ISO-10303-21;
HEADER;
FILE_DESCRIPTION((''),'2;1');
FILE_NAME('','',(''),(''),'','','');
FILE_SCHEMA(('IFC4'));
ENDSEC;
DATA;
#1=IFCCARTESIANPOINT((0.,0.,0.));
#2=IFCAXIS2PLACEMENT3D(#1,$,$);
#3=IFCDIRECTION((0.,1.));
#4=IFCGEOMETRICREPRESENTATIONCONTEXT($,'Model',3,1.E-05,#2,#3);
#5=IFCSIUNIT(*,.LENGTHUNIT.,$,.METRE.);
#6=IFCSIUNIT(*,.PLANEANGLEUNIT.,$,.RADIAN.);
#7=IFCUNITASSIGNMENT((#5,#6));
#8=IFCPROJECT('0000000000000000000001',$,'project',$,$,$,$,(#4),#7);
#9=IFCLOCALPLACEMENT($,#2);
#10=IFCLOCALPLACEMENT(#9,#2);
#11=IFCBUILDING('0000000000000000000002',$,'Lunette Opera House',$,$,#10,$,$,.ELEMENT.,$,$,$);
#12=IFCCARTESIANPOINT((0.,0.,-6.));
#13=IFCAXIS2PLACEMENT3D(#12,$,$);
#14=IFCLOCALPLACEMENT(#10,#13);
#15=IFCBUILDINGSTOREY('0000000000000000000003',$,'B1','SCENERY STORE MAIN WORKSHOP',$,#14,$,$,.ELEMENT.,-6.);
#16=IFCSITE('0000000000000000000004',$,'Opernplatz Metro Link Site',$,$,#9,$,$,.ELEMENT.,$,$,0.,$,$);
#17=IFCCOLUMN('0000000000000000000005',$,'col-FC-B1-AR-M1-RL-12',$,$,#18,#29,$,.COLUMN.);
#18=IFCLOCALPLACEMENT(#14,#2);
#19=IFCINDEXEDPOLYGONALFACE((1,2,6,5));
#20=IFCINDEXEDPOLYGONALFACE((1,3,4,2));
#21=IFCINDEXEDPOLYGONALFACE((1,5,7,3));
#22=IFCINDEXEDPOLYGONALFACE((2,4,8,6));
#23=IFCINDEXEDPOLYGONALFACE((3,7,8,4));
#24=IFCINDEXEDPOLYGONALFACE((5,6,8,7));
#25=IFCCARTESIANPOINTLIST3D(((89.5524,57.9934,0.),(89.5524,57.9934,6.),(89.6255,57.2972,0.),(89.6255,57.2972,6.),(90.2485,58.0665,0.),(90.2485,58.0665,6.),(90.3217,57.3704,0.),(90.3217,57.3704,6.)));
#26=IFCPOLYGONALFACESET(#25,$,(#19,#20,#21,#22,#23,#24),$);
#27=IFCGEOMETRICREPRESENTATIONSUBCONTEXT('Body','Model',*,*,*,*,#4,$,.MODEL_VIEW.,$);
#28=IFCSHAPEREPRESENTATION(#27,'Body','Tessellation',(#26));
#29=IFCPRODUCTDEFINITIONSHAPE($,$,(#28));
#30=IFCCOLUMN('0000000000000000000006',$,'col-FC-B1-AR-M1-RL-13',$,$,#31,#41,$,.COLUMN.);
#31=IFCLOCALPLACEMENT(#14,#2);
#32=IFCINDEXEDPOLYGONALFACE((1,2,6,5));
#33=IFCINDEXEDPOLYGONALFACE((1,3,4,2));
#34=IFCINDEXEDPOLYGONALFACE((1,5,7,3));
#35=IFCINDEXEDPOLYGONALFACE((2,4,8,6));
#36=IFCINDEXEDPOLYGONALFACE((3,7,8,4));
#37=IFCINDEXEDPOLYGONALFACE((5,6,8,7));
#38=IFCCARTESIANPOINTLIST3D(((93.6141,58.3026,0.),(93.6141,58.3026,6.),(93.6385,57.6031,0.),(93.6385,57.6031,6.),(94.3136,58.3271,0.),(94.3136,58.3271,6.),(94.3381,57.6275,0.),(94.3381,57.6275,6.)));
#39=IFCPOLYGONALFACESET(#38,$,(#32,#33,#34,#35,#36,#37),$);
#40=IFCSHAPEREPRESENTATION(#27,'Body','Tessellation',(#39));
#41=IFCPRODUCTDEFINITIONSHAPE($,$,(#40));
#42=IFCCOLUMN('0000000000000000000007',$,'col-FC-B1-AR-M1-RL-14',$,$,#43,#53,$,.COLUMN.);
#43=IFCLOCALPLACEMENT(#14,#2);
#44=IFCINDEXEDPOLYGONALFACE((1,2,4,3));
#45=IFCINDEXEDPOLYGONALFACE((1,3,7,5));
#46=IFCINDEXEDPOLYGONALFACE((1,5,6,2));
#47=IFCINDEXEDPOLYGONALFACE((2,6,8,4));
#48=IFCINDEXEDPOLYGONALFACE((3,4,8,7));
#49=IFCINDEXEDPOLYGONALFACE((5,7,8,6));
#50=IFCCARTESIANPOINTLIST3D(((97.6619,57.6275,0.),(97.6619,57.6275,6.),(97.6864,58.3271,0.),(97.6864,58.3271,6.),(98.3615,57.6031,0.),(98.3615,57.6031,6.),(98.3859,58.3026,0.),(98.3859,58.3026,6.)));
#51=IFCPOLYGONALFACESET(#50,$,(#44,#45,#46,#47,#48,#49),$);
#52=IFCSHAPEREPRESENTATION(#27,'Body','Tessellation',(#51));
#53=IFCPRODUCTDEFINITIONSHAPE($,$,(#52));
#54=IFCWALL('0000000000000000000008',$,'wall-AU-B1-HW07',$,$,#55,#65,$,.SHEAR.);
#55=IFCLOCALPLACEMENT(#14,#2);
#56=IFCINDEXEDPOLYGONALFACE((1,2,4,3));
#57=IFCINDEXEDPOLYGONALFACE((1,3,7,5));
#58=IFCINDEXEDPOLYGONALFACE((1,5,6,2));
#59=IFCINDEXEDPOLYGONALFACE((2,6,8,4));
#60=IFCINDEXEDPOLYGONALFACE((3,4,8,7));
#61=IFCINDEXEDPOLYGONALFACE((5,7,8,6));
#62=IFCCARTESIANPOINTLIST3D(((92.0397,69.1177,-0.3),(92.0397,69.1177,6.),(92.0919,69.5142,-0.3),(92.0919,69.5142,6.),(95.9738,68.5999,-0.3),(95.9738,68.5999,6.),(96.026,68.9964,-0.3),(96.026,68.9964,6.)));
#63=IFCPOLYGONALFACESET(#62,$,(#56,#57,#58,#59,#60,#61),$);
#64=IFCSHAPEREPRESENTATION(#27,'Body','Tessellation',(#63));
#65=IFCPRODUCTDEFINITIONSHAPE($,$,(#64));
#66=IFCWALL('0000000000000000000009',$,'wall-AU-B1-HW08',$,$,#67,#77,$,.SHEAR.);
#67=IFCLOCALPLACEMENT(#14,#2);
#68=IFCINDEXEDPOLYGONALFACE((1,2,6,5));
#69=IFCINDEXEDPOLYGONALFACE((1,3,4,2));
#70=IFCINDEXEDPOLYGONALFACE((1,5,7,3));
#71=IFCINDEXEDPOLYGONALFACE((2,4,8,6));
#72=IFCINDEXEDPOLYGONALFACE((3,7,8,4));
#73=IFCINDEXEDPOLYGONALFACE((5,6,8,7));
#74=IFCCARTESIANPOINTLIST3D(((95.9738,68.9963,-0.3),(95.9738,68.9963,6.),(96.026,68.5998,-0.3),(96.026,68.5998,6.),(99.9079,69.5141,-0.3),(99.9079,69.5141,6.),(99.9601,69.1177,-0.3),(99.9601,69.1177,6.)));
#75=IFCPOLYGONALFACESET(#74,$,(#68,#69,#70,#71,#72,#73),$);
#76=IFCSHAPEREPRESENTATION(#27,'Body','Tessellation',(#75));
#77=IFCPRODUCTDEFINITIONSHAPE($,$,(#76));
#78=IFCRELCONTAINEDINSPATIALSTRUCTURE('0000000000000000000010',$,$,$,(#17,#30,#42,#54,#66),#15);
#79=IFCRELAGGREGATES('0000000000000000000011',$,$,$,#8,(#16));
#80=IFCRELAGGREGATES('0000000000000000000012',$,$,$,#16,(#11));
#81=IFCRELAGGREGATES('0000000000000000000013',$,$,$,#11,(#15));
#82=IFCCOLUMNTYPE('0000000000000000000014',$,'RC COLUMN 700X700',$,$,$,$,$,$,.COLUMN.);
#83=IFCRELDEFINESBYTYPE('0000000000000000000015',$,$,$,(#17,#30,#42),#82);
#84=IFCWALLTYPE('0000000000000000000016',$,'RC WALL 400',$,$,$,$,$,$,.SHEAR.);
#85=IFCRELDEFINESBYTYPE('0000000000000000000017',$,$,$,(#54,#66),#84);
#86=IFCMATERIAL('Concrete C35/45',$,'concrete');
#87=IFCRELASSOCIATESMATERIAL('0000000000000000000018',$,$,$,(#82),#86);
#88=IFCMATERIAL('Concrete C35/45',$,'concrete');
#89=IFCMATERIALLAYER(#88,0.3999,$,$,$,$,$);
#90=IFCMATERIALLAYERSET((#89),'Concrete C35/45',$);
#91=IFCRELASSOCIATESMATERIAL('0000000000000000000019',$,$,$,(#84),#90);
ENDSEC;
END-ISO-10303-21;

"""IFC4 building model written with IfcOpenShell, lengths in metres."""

from ifc_helpers import new_model, si_unit, direction, frame, frame_2d, origin, origin_2d, place, context, subcontext, project, spatial, rectangle, extrude, material, layer, layer_set, material_profile, profile_set, type_object, element, save


model = new_model("IFC4")

# Units and contexts
model_context = context("Model", 3, precision=1e-05, world=origin(), true_north=direction((0.0, 1.0)))
body_context = subcontext(model_context, "Body", "Model", "MODEL_VIEW")
ifc_project = project(units=[si_unit("LENGTHUNIT", "METRE"), si_unit("PLANEANGLEUNIT", "RADIAN")], contexts=[model_context])

# Site, building, storey
site_placement = place(None, origin())
site = spatial("IfcSite", under=ifc_project, at=site_placement, Name="Opernplatz Metro Link Site", CompositionType="ELEMENT", RefElevation=0.0)
building_placement = place(site_placement, origin())
building = spatial("IfcBuilding", under=site, at=building_placement, Name="Lunette Opera House", CompositionType="ELEMENT")
storey_placement = place(building_placement, frame((0.0, 0.0, -6.0)))
storey = spatial("IfcBuildingStorey", under=building, at=storey_placement, Name="B1", Description="SCENERY STORE MAIN WORKSHOP", CompositionType="ELEMENT", Elevation=-6.0)

# Columns
ifc_material_1 = material(Name="Concrete C35/45", Category="concrete")
ifc_material_profile_1 = material_profile(ifc_material_1, rectangle(XDim=0.7, YDim=0.7, at=origin_2d()), Name="RC COLUMN 700X700")
ifc_profile_set_1 = profile_set([ifc_material_profile_1], Name="Concrete C35/45")
column_type_1 = type_object("IfcColumnType", Name="RC COLUMN 700X700", PredefinedType="COLUMN", material=ifc_profile_set_1)
for number, where, z_axis, x_axis, name in (
    (1, (89.937, 57.6819, 0.0), (0.0, 0.0, 1.0), (0.994522, 0.104528, 0.0), "col-FC-B1-AR-M1-RL-12"),
    (2, (93.9761, 57.9651, 0.0), (0.0, 0.0, 1.0), (0.999391, 0.034899, 0.0), "col-FC-B1-AR-M1-RL-13"),
    (3, (98.0239, 57.9651, 0.0), (0.0, 0.0, 1.0), (0.999391, -0.034899, 0.0), "col-FC-B1-AR-M1-RL-14"),
):
    element("IfcColumn", number, at=place(storey_placement, frame(where, z_axis=z_axis, x_axis=x_axis)), inside=storey, type_object=column_type_1, Name=name, PredefinedType="COLUMN", context=body_context, shape_type="SweptSolid", body=[
        extrude(rectangle(XDim=0.7, YDim=0.7, at=origin_2d()), origin(), (0.0, 0.0, 1.0), 6.0),
    ])

# Walls
ifc_material_2 = material(Name="Concrete C35/45", Category="concrete")
ifc_layer = layer(ifc_material_2, 0.3999)
ifc_layer_set = layer_set([ifc_layer], Name="Concrete C35/45")
wall_type = type_object("IfcWallType", Name="RC WALL 400", PredefinedType="SHEAR", material=ifc_layer_set)
for number, where, z_axis, x_axis, name in (
    (4, (92.0659, 69.3159, -0.3), (0.0, 0.0, 1.0), (0.991448, -0.130499, 0.0), "wall-AU-B1-HW07"),
    (5, (96.0, 68.7981, -0.3), (0.0, 0.0, 1.0), (0.991448, 0.130499, 0.0), "wall-AU-B1-HW08"),
):
    element("IfcWall", number, at=place(storey_placement, frame(where, z_axis=z_axis, x_axis=x_axis)), inside=storey, type_object=wall_type, Name=name, PredefinedType="SHEAR", context=body_context, shape_type="SweptSolid", body=[
        extrude(rectangle(XDim=3.968, YDim=0.3999, at=frame_2d((1.9839, 0.0))), origin(), (0.0, 0.0, 1.0), 6.3),
    ])

save(model, "model.ifc")
